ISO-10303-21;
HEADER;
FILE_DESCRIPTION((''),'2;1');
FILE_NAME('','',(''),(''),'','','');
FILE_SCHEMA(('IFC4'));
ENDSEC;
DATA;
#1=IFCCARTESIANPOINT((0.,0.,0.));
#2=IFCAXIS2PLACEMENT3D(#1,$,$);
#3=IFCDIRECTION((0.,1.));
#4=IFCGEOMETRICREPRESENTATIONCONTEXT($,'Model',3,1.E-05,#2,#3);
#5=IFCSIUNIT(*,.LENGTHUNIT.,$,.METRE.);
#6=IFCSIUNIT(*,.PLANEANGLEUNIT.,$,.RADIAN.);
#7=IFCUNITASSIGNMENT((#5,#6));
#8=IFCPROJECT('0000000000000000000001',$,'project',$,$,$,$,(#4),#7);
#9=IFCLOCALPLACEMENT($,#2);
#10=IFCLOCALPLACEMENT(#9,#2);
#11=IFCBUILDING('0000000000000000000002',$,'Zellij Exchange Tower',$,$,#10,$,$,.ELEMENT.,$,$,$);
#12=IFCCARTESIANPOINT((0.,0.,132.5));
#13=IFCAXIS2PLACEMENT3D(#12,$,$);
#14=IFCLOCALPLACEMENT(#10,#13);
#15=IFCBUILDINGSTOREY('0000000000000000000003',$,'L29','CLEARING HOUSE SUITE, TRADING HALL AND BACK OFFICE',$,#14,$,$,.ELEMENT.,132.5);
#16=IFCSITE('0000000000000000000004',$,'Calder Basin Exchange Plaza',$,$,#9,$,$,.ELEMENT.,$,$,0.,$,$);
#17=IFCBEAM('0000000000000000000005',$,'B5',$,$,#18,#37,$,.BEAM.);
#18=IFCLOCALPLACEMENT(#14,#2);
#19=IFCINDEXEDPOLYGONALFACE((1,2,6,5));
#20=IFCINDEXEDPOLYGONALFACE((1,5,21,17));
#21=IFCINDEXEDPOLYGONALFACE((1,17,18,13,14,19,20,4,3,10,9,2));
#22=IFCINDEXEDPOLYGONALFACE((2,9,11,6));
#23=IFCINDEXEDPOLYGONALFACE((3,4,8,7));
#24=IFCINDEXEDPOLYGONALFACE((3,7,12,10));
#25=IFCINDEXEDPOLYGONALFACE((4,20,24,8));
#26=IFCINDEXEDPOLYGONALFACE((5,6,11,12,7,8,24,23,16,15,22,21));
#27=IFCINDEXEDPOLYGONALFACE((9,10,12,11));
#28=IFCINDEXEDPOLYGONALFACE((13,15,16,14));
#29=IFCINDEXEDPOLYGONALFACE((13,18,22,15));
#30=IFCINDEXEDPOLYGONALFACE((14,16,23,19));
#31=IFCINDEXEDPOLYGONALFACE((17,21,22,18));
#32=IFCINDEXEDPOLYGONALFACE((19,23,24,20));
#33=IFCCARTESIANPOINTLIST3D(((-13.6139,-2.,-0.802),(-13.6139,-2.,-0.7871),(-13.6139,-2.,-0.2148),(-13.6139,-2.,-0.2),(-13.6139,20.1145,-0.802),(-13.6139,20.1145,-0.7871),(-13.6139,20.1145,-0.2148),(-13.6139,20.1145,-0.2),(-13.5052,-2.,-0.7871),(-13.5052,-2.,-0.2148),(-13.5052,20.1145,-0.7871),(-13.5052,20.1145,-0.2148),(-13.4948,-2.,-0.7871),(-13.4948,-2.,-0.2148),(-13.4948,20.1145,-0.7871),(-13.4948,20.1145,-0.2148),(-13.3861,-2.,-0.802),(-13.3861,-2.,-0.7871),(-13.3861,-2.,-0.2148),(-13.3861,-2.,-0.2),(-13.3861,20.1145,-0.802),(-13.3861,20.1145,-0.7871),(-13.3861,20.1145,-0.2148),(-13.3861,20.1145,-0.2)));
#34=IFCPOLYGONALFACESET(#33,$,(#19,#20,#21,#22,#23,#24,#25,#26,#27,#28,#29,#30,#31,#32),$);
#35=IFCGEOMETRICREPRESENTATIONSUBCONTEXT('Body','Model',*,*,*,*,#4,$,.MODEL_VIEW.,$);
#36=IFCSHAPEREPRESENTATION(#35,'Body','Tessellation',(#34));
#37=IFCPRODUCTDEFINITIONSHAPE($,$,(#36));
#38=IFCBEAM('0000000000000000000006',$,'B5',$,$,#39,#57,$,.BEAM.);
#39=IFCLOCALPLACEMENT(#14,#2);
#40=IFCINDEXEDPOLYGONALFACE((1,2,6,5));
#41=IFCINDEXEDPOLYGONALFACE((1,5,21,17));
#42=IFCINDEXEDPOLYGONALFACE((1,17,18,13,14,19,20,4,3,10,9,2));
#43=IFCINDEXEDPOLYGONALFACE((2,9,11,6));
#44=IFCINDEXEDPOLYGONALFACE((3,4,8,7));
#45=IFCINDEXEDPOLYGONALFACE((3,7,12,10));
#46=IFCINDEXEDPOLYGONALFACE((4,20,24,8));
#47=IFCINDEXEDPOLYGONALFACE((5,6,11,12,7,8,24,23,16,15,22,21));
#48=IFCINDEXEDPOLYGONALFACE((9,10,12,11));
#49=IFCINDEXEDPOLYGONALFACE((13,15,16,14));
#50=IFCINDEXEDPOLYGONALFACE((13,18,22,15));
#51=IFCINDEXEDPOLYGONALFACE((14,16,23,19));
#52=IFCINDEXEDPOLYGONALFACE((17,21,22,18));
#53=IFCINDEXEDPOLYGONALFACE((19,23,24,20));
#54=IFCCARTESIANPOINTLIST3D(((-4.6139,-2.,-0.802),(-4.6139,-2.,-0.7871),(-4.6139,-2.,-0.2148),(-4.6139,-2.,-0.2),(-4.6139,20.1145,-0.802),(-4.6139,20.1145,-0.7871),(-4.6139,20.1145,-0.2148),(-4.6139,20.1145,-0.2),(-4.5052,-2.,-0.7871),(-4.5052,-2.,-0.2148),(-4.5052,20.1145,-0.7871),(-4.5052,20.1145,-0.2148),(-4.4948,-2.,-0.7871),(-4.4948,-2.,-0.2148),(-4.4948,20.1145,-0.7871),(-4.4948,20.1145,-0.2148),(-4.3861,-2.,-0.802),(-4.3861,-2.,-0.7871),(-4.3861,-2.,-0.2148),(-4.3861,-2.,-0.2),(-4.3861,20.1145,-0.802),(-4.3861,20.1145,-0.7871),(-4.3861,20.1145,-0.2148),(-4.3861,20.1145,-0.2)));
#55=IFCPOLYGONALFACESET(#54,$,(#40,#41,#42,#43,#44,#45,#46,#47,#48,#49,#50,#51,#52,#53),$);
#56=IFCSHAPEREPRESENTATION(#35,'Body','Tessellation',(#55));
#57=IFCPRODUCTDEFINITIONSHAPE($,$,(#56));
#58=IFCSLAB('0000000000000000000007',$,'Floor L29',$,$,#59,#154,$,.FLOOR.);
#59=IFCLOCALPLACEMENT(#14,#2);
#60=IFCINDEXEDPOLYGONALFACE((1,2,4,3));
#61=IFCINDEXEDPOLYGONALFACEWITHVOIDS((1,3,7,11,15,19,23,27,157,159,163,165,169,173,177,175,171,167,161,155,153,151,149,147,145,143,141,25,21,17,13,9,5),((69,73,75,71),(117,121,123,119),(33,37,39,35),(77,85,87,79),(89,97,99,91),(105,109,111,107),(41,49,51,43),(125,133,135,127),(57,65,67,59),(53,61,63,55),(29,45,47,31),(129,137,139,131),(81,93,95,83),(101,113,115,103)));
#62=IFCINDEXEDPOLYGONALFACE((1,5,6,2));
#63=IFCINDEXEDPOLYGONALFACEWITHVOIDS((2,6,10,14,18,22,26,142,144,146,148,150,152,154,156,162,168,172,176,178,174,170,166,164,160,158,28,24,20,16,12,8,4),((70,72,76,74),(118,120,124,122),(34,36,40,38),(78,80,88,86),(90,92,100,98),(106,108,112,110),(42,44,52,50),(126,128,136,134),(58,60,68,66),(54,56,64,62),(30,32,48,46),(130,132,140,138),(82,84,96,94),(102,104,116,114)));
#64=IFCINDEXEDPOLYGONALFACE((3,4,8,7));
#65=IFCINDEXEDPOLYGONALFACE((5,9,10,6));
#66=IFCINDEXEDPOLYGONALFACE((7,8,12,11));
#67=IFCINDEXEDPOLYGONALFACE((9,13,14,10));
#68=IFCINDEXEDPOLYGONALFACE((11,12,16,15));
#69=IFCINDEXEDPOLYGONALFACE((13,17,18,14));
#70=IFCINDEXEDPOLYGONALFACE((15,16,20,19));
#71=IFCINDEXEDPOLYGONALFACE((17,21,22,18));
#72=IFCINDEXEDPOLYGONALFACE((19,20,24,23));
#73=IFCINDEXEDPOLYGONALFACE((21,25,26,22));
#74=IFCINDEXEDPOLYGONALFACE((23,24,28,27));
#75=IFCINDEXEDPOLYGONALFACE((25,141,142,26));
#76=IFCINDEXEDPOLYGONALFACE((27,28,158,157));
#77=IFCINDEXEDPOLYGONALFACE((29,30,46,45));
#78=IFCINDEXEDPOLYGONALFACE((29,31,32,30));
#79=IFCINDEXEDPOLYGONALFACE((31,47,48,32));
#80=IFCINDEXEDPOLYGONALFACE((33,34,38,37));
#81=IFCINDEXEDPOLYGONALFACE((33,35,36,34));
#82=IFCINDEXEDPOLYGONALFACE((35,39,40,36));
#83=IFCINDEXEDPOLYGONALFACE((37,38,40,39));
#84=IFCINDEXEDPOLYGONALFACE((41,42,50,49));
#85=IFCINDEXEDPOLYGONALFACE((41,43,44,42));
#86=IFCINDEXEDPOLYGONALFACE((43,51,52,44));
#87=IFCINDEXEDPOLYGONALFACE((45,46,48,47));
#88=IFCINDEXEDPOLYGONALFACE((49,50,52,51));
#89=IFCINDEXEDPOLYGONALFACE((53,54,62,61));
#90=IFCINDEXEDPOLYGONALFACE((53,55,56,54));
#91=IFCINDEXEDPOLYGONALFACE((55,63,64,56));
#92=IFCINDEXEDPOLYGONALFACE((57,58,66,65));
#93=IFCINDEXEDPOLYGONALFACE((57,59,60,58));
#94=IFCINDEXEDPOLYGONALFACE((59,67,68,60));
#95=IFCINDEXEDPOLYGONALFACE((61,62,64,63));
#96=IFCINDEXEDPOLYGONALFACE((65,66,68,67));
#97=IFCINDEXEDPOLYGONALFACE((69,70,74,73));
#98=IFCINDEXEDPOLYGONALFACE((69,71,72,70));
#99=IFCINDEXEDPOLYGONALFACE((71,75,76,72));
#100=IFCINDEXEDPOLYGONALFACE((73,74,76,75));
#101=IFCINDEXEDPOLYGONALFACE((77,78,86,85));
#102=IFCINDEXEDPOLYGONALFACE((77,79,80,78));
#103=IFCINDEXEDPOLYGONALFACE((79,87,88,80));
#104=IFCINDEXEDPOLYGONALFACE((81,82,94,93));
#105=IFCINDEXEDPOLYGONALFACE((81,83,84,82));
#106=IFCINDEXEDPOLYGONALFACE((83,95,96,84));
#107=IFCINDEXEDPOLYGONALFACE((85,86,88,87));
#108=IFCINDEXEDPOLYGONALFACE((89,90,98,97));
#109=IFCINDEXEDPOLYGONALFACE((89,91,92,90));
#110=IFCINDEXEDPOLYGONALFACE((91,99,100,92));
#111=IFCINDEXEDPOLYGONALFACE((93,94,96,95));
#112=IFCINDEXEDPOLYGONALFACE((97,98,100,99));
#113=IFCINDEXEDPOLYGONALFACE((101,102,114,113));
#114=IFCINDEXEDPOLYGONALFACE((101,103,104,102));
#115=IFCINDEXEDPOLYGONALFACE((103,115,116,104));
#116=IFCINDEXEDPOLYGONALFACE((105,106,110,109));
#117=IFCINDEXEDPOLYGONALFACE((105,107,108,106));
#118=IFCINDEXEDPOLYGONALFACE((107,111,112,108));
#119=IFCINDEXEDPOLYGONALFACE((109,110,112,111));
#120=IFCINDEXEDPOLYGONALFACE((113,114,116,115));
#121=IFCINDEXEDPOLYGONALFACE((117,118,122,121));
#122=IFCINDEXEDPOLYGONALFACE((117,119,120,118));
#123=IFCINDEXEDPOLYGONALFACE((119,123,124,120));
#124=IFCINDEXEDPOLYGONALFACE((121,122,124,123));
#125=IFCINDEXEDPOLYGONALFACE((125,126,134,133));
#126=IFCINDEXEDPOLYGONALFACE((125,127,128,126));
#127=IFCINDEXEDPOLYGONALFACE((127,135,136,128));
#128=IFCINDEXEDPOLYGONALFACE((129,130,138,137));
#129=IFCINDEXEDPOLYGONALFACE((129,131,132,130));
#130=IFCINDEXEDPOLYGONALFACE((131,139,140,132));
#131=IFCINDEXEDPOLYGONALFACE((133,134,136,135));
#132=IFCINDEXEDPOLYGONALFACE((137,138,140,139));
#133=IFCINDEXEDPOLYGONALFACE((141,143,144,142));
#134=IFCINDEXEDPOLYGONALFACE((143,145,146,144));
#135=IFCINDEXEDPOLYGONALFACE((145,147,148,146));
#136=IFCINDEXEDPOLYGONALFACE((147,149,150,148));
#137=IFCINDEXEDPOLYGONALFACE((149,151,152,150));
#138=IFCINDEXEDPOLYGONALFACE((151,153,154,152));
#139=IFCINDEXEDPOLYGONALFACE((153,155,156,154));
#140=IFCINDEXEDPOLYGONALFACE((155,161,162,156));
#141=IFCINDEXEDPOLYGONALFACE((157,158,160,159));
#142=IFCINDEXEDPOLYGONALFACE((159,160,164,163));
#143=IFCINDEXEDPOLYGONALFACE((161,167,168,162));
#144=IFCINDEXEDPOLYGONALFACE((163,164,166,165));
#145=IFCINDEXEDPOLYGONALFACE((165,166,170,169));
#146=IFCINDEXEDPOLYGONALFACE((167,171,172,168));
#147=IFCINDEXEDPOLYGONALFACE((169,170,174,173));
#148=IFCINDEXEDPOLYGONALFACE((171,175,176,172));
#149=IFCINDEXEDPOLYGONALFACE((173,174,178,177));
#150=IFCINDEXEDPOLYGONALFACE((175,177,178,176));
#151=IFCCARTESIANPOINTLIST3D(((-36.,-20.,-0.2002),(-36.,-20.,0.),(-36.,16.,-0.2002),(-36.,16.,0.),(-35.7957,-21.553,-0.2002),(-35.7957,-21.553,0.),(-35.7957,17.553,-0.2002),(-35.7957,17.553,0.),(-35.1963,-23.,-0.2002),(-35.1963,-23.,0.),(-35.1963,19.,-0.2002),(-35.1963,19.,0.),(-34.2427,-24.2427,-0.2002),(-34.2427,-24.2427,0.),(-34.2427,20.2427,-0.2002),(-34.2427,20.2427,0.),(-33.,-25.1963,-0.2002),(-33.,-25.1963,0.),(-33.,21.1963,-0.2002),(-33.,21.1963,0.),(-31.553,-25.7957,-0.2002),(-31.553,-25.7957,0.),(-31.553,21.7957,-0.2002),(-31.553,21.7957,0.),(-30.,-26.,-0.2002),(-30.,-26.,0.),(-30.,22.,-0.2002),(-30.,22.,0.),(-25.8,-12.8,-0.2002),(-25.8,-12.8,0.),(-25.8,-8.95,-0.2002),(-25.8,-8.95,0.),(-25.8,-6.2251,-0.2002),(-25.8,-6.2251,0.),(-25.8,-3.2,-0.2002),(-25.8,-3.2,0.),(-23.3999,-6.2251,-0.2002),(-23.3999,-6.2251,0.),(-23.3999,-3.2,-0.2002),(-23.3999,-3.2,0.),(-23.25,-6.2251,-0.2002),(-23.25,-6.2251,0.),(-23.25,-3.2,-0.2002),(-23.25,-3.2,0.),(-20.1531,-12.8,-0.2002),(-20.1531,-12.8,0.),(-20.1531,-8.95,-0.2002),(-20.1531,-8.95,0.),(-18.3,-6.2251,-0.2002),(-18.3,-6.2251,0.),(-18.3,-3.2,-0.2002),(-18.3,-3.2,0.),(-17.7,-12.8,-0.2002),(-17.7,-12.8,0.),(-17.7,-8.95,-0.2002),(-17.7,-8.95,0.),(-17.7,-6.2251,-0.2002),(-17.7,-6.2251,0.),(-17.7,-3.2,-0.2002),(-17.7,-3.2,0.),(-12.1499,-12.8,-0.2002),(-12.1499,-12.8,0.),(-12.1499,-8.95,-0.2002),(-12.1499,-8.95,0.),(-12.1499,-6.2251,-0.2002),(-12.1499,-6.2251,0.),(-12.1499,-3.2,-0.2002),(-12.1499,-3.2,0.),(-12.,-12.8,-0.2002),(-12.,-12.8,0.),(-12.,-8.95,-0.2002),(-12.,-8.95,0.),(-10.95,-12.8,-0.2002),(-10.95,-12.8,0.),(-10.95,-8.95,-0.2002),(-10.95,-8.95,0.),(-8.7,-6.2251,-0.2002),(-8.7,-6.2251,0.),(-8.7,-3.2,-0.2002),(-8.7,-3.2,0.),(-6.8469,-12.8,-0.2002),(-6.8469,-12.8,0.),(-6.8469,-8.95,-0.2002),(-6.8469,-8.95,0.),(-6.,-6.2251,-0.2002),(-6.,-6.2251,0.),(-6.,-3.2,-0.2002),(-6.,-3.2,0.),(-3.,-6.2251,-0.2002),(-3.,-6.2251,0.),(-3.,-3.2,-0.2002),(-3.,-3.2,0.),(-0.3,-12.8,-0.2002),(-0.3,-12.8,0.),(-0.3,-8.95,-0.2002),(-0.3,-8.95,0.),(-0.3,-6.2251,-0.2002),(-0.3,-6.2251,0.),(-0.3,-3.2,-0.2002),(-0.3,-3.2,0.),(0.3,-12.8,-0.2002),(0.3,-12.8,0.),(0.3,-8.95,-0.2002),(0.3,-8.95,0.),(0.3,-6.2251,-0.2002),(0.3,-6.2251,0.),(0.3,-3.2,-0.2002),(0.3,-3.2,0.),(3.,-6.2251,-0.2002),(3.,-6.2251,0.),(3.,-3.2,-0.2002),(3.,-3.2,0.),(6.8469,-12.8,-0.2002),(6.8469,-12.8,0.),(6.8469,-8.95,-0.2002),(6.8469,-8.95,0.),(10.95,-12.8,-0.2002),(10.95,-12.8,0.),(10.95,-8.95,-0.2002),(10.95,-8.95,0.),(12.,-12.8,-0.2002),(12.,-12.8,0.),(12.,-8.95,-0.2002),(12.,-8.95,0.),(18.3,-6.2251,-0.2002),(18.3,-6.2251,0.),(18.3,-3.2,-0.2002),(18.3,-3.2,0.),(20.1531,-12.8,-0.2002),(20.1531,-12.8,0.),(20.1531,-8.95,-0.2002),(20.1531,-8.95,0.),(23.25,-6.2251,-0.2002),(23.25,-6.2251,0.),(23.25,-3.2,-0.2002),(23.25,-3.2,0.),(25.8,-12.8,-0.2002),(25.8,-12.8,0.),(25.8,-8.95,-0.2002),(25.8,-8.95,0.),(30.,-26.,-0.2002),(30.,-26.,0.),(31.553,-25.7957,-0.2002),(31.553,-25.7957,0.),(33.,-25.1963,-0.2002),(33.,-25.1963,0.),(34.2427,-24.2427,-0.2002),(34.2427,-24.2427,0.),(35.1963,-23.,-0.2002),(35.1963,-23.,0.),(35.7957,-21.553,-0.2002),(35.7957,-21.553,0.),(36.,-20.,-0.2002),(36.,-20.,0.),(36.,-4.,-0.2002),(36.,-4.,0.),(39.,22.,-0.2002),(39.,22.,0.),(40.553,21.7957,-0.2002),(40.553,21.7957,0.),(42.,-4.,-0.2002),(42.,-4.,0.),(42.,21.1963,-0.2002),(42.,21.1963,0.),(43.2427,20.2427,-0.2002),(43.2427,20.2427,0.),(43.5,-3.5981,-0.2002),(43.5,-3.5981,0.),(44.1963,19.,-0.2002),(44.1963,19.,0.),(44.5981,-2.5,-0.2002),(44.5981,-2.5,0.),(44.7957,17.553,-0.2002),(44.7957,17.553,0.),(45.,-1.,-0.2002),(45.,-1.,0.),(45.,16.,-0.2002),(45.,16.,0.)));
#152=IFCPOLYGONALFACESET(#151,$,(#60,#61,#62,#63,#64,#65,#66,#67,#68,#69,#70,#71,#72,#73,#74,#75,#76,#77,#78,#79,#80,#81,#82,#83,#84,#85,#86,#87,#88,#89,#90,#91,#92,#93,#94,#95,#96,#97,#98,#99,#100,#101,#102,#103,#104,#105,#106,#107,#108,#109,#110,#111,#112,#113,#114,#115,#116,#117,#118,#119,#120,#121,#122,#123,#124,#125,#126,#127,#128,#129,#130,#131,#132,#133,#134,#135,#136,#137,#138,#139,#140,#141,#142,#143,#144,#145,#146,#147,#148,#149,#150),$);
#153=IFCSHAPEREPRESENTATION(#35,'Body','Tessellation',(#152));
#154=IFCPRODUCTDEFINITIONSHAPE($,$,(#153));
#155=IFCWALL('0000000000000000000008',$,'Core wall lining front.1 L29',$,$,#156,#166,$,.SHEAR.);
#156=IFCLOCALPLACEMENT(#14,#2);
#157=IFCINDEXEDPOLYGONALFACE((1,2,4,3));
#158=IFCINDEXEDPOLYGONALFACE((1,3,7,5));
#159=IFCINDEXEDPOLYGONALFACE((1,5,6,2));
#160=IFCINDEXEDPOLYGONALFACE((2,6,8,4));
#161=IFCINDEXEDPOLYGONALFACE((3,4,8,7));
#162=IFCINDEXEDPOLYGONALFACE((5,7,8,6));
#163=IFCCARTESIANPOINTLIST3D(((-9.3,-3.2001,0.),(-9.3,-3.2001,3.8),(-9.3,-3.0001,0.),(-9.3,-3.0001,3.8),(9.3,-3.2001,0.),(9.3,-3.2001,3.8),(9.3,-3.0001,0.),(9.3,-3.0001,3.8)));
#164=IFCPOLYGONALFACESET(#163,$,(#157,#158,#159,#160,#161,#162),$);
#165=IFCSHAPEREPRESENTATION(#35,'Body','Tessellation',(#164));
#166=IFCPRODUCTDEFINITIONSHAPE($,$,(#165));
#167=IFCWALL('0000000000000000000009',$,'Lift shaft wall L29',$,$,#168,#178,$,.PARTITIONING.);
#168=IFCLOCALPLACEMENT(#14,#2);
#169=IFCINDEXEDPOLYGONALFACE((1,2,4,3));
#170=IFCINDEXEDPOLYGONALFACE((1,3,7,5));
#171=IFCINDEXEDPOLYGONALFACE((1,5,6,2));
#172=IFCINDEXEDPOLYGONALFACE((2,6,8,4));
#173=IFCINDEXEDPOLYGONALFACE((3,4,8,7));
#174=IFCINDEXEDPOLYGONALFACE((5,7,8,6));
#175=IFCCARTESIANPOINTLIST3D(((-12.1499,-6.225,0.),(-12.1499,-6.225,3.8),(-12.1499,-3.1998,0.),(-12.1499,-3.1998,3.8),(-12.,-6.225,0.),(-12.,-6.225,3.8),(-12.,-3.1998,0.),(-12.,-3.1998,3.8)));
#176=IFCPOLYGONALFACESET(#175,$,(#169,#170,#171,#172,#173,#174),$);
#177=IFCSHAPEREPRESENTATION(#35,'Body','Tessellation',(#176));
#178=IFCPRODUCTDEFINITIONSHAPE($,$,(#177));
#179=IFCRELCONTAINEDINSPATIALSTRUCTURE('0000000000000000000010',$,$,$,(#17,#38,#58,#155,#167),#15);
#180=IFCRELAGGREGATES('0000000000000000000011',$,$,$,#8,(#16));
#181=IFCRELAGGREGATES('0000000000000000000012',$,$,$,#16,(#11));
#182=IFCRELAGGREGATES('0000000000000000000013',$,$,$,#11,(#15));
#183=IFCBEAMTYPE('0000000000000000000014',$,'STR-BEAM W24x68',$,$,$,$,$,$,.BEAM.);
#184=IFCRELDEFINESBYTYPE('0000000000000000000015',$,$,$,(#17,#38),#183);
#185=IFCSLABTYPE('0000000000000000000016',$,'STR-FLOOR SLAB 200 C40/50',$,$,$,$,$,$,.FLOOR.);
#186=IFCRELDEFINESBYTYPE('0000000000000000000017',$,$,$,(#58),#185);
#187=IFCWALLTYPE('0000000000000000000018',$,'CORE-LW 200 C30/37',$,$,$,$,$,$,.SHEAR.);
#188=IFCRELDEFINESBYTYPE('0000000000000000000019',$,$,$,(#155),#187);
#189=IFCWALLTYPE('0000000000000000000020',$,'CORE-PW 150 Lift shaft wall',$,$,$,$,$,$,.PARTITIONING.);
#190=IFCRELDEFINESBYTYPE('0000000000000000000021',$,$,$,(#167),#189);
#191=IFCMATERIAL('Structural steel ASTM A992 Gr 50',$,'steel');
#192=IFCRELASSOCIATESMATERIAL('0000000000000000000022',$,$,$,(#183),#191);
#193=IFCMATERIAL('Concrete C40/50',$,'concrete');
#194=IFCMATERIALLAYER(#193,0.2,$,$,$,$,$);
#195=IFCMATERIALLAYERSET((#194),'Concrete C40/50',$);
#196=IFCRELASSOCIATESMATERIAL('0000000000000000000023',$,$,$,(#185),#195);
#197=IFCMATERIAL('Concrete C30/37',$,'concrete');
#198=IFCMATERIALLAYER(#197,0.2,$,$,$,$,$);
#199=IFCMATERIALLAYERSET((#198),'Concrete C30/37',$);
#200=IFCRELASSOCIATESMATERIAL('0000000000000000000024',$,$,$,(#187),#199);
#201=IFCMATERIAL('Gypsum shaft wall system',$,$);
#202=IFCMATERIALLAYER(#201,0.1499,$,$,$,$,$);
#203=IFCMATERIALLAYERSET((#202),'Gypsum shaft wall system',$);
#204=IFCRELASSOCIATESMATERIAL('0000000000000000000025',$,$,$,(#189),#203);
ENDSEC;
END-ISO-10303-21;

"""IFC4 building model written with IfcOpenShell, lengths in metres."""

from ifc_helpers import new_model, si_unit, direction, frame, frame_2d, origin, origin_2d, place, context, subcontext, project, spatial, polyline, rectangle, i_section, outline, extrude, material, layer, layer_set, material_profile, profile_set, type_object, element, save


model = new_model("IFC4")

# Units and contexts
model_context = context("Model", 3, precision=1e-05, world=origin(), true_north=direction((0.0, 1.0)))
body_context = subcontext(model_context, "Body", "Model", "MODEL_VIEW")
ifc_project = project(units=[si_unit("LENGTHUNIT", "METRE"), si_unit("PLANEANGLEUNIT", "RADIAN")], contexts=[model_context])

# Site, building, storey
site_placement = place(None, origin())
site = spatial("IfcSite", under=ifc_project, at=site_placement, Name="Calder Basin Exchange Plaza", CompositionType="ELEMENT", RefElevation=0.0)
building_placement = place(site_placement, origin())
building = spatial("IfcBuilding", under=site, at=building_placement, Name="Zellij Exchange Tower", CompositionType="ELEMENT")
storey_placement = place(building_placement, frame((0.0, 0.0, 132.5)))
storey = spatial("IfcBuildingStorey", under=building, at=storey_placement, Name="L29", Description="CLEARING HOUSE SUITE, TRADING HALL AND BACK OFFICE", CompositionType="ELEMENT", Elevation=132.5)

# Beams
ifc_material_1 = material(Name="Structural steel ASTM A992 Gr 50", Category="steel")
ifc_material_profile = material_profile(ifc_material_1, i_section(OverallWidth=0.2278, OverallDepth=0.6021, WebThickness=0.0105, FlangeThickness=0.0149, at=origin_2d()), Name="W24x68")
ifc_profile_set = profile_set([ifc_material_profile], Name="Structural steel ASTM A992 Gr 50")
beam_type = type_object("IfcBeamType", Name="STR-BEAM W24x68", PredefinedType="BEAM", material=ifc_profile_set)
for number, where, z_axis, x_axis, name in (
    (1, (-13.5, -2.0, -0.501), (0.0, 1.0, 0.0), (-1.0, 0.0, 0.0), "B5"),
    (2, (-4.5, -2.0, -0.501), (0.0, 1.0, 0.0), (-1.0, 0.0, 0.0), "B5"),
):
    element("IfcBeam", number, at=place(storey_placement, frame(where, z_axis=z_axis, x_axis=x_axis)), inside=storey, type_object=beam_type, Name=name, PredefinedType="BEAM", context=body_context, shape_type="SweptSolid", body=[
        extrude(i_section(OverallWidth=0.2278, OverallDepth=0.6021, WebThickness=0.0105, FlangeThickness=0.0149, at=origin_2d()), origin(), (0.0, 0.0, 1.0), 22.1145),
    ])

# Slab
ifc_material_2 = material(Name="Concrete C40/50", Category="concrete")
ifc_layer_1 = layer(ifc_material_2, 0.2)
ifc_layer_set_1 = layer_set([ifc_layer_1], Name="Concrete C40/50")
slab_type = type_object("IfcSlabType", Name="STR-FLOOR SLAB 200 C40/50", PredefinedType="FLOOR", material=ifc_layer_set_1)
slab_placement = place(storey_placement, frame((0.0, 0.0, -0.2002)))
element("IfcSlab", 3, at=slab_placement, inside=storey, type_object=slab_type, Name="Floor L29", PredefinedType="FLOOR", context=body_context, shape_type="SweptSolid", body=[
    extrude(outline(polyline([(35.7957, -21.553), (35.1963, -23.0), (34.2427, -24.2427), (33.0, -25.1963), (31.553, -25.7957), (30.0, -26.0), (-30.0, -26.0), (-31.553, -25.7957), (-33.0, -25.1963), (-34.2427, -24.2427), (-35.1963, -23.0), (-35.7957, -21.553), (-36.0, -20.0), (-36.0, 16.0), (-35.7957, 17.553), (-35.1963, 19.0), (-34.2427, 20.2427), (-33.0, 21.1963), (-31.553, 21.7957), (-30.0, 22.0), (39.0, 22.0), (40.553, 21.7957), (42.0, 21.1963), (43.2427, 20.2427), (44.1963, 19.0), (44.7957, 17.553), (45.0, 16.0), (45.0, -1.0), (44.5981, -2.5), (43.5, -3.5981), (42.0, -4.0), (36.0, -4.0), (36.0, -20.0), (35.7957, -21.553)]), holes=[polyline([(-25.8, -8.95), (-25.8, -12.8), (-20.1531, -12.8), (-20.1531, -8.95), (-25.8, -8.95)]), polyline([(-12.1499, -8.95), (-17.7, -8.95), (-17.7, -12.8), (-12.1499, -12.8), (-12.1499, -8.95)]), polyline([(-10.95, -8.95), (-12.0, -8.95), (-12.0, -12.8), (-10.95, -12.8), (-10.95, -8.95)]), polyline([(-23.3999, -3.2), (-25.8, -3.2), (-25.8, -6.2251), (-23.3999, -6.2251), (-23.3999, -3.2)]), polyline([(-18.3, -3.2), (-23.25, -3.2), (-23.25, -6.2251), (-18.3, -6.2251), (-18.3, -3.2)]), polyline([(-12.1499, -3.2), (-17.7, -3.2), (-17.7, -6.2251), (-12.1499, -6.2251), (-12.1499, -3.2)]), polyline([(-6.0, -3.2), (-8.7, -3.2), (-8.7, -6.2251), (-6.0, -6.2251), (-6.0, -3.2)]), polyline([(-6.8469, -8.95), (-6.8469, -12.8), (-0.3, -12.8), (-0.3, -8.95), (-6.8469, -8.95)]), polyline([(6.8469, -8.95), (0.3, -8.95), (0.3, -12.8), (6.8469, -12.8), (6.8469, -8.95)]), polyline([(12.0, -8.95), (10.95, -8.95), (10.95, -12.8), (12.0, -12.8), (12.0, -8.95)]), polyline([(25.8, -8.95), (20.1531, -8.95), (20.1531, -12.8), (25.8, -12.8), (25.8, -8.95)]), polyline([(-0.3, -3.2), (-3.0, -3.2), (-3.0, -6.2251), (-0.3, -6.2251), (-0.3, -3.2)]), polyline([(3.0, -3.2), (0.3, -3.2), (0.3, -6.2251), (3.0, -6.2251), (3.0, -3.2)]), polyline([(23.25, -3.2), (18.3, -3.2), (18.3, -6.2251), (23.25, -6.2251), (23.25, -3.2)])]), origin(), (0.0, 0.0, 1.0), 0.2002),
])

# Walls
ifc_material_3 = material(Name="Concrete C30/37", Category="concrete")
ifc_layer_2 = layer(ifc_material_3, 0.2)
ifc_layer_set_2 = layer_set([ifc_layer_2], Name="Concrete C30/37")
wall_type_1 = type_object("IfcWallType", Name="CORE-LW 200 C30/37", PredefinedType="SHEAR", material=ifc_layer_set_2)
wall_1_placement = place(storey_placement, frame((-9.3, -3.1001, 0.0), z_axis=(0.0, 0.0, 1.0), x_axis=(1.0, 0.0, 0.0)))
element("IfcWall", 4, at=wall_1_placement, inside=storey, type_object=wall_type_1, Name="Core wall lining front.1 L29", PredefinedType="SHEAR", context=body_context, shape_type="SweptSolid", body=[
    extrude(rectangle(XDim=18.6001, YDim=0.2, at=frame_2d((9.3, 0.0))), origin(), (0.0, 0.0, 1.0), 3.8),
])
ifc_material_4 = material(Name="Gypsum shaft wall system")
ifc_layer_3 = layer(ifc_material_4, 0.1499)
ifc_layer_set_3 = layer_set([ifc_layer_3], Name="Gypsum shaft wall system")
wall_type_2 = type_object("IfcWallType", Name="CORE-PW 150 Lift shaft wall", PredefinedType="PARTITIONING", material=ifc_layer_set_3)
for number, where, z_axis, x_axis, name in (
    (5, (-12.075, -6.2251, 0.0), (0.0, 0.0, 1.0), (0.0, 1.0, 0.0), "Lift shaft wall L29"),
):
    element("IfcWall", number, at=place(storey_placement, frame(where, z_axis=z_axis, x_axis=x_axis)), inside=storey, type_object=wall_type_2, Name=name, PredefinedType="PARTITIONING", context=body_context, shape_type="SweptSolid", body=[
        extrude(rectangle(XDim=3.0251, YDim=0.1499, at=frame_2d((1.5127, 0.0))), origin(), (0.0, 0.0, 1.0), 3.8),
    ])

save(model, "model.ifc")
